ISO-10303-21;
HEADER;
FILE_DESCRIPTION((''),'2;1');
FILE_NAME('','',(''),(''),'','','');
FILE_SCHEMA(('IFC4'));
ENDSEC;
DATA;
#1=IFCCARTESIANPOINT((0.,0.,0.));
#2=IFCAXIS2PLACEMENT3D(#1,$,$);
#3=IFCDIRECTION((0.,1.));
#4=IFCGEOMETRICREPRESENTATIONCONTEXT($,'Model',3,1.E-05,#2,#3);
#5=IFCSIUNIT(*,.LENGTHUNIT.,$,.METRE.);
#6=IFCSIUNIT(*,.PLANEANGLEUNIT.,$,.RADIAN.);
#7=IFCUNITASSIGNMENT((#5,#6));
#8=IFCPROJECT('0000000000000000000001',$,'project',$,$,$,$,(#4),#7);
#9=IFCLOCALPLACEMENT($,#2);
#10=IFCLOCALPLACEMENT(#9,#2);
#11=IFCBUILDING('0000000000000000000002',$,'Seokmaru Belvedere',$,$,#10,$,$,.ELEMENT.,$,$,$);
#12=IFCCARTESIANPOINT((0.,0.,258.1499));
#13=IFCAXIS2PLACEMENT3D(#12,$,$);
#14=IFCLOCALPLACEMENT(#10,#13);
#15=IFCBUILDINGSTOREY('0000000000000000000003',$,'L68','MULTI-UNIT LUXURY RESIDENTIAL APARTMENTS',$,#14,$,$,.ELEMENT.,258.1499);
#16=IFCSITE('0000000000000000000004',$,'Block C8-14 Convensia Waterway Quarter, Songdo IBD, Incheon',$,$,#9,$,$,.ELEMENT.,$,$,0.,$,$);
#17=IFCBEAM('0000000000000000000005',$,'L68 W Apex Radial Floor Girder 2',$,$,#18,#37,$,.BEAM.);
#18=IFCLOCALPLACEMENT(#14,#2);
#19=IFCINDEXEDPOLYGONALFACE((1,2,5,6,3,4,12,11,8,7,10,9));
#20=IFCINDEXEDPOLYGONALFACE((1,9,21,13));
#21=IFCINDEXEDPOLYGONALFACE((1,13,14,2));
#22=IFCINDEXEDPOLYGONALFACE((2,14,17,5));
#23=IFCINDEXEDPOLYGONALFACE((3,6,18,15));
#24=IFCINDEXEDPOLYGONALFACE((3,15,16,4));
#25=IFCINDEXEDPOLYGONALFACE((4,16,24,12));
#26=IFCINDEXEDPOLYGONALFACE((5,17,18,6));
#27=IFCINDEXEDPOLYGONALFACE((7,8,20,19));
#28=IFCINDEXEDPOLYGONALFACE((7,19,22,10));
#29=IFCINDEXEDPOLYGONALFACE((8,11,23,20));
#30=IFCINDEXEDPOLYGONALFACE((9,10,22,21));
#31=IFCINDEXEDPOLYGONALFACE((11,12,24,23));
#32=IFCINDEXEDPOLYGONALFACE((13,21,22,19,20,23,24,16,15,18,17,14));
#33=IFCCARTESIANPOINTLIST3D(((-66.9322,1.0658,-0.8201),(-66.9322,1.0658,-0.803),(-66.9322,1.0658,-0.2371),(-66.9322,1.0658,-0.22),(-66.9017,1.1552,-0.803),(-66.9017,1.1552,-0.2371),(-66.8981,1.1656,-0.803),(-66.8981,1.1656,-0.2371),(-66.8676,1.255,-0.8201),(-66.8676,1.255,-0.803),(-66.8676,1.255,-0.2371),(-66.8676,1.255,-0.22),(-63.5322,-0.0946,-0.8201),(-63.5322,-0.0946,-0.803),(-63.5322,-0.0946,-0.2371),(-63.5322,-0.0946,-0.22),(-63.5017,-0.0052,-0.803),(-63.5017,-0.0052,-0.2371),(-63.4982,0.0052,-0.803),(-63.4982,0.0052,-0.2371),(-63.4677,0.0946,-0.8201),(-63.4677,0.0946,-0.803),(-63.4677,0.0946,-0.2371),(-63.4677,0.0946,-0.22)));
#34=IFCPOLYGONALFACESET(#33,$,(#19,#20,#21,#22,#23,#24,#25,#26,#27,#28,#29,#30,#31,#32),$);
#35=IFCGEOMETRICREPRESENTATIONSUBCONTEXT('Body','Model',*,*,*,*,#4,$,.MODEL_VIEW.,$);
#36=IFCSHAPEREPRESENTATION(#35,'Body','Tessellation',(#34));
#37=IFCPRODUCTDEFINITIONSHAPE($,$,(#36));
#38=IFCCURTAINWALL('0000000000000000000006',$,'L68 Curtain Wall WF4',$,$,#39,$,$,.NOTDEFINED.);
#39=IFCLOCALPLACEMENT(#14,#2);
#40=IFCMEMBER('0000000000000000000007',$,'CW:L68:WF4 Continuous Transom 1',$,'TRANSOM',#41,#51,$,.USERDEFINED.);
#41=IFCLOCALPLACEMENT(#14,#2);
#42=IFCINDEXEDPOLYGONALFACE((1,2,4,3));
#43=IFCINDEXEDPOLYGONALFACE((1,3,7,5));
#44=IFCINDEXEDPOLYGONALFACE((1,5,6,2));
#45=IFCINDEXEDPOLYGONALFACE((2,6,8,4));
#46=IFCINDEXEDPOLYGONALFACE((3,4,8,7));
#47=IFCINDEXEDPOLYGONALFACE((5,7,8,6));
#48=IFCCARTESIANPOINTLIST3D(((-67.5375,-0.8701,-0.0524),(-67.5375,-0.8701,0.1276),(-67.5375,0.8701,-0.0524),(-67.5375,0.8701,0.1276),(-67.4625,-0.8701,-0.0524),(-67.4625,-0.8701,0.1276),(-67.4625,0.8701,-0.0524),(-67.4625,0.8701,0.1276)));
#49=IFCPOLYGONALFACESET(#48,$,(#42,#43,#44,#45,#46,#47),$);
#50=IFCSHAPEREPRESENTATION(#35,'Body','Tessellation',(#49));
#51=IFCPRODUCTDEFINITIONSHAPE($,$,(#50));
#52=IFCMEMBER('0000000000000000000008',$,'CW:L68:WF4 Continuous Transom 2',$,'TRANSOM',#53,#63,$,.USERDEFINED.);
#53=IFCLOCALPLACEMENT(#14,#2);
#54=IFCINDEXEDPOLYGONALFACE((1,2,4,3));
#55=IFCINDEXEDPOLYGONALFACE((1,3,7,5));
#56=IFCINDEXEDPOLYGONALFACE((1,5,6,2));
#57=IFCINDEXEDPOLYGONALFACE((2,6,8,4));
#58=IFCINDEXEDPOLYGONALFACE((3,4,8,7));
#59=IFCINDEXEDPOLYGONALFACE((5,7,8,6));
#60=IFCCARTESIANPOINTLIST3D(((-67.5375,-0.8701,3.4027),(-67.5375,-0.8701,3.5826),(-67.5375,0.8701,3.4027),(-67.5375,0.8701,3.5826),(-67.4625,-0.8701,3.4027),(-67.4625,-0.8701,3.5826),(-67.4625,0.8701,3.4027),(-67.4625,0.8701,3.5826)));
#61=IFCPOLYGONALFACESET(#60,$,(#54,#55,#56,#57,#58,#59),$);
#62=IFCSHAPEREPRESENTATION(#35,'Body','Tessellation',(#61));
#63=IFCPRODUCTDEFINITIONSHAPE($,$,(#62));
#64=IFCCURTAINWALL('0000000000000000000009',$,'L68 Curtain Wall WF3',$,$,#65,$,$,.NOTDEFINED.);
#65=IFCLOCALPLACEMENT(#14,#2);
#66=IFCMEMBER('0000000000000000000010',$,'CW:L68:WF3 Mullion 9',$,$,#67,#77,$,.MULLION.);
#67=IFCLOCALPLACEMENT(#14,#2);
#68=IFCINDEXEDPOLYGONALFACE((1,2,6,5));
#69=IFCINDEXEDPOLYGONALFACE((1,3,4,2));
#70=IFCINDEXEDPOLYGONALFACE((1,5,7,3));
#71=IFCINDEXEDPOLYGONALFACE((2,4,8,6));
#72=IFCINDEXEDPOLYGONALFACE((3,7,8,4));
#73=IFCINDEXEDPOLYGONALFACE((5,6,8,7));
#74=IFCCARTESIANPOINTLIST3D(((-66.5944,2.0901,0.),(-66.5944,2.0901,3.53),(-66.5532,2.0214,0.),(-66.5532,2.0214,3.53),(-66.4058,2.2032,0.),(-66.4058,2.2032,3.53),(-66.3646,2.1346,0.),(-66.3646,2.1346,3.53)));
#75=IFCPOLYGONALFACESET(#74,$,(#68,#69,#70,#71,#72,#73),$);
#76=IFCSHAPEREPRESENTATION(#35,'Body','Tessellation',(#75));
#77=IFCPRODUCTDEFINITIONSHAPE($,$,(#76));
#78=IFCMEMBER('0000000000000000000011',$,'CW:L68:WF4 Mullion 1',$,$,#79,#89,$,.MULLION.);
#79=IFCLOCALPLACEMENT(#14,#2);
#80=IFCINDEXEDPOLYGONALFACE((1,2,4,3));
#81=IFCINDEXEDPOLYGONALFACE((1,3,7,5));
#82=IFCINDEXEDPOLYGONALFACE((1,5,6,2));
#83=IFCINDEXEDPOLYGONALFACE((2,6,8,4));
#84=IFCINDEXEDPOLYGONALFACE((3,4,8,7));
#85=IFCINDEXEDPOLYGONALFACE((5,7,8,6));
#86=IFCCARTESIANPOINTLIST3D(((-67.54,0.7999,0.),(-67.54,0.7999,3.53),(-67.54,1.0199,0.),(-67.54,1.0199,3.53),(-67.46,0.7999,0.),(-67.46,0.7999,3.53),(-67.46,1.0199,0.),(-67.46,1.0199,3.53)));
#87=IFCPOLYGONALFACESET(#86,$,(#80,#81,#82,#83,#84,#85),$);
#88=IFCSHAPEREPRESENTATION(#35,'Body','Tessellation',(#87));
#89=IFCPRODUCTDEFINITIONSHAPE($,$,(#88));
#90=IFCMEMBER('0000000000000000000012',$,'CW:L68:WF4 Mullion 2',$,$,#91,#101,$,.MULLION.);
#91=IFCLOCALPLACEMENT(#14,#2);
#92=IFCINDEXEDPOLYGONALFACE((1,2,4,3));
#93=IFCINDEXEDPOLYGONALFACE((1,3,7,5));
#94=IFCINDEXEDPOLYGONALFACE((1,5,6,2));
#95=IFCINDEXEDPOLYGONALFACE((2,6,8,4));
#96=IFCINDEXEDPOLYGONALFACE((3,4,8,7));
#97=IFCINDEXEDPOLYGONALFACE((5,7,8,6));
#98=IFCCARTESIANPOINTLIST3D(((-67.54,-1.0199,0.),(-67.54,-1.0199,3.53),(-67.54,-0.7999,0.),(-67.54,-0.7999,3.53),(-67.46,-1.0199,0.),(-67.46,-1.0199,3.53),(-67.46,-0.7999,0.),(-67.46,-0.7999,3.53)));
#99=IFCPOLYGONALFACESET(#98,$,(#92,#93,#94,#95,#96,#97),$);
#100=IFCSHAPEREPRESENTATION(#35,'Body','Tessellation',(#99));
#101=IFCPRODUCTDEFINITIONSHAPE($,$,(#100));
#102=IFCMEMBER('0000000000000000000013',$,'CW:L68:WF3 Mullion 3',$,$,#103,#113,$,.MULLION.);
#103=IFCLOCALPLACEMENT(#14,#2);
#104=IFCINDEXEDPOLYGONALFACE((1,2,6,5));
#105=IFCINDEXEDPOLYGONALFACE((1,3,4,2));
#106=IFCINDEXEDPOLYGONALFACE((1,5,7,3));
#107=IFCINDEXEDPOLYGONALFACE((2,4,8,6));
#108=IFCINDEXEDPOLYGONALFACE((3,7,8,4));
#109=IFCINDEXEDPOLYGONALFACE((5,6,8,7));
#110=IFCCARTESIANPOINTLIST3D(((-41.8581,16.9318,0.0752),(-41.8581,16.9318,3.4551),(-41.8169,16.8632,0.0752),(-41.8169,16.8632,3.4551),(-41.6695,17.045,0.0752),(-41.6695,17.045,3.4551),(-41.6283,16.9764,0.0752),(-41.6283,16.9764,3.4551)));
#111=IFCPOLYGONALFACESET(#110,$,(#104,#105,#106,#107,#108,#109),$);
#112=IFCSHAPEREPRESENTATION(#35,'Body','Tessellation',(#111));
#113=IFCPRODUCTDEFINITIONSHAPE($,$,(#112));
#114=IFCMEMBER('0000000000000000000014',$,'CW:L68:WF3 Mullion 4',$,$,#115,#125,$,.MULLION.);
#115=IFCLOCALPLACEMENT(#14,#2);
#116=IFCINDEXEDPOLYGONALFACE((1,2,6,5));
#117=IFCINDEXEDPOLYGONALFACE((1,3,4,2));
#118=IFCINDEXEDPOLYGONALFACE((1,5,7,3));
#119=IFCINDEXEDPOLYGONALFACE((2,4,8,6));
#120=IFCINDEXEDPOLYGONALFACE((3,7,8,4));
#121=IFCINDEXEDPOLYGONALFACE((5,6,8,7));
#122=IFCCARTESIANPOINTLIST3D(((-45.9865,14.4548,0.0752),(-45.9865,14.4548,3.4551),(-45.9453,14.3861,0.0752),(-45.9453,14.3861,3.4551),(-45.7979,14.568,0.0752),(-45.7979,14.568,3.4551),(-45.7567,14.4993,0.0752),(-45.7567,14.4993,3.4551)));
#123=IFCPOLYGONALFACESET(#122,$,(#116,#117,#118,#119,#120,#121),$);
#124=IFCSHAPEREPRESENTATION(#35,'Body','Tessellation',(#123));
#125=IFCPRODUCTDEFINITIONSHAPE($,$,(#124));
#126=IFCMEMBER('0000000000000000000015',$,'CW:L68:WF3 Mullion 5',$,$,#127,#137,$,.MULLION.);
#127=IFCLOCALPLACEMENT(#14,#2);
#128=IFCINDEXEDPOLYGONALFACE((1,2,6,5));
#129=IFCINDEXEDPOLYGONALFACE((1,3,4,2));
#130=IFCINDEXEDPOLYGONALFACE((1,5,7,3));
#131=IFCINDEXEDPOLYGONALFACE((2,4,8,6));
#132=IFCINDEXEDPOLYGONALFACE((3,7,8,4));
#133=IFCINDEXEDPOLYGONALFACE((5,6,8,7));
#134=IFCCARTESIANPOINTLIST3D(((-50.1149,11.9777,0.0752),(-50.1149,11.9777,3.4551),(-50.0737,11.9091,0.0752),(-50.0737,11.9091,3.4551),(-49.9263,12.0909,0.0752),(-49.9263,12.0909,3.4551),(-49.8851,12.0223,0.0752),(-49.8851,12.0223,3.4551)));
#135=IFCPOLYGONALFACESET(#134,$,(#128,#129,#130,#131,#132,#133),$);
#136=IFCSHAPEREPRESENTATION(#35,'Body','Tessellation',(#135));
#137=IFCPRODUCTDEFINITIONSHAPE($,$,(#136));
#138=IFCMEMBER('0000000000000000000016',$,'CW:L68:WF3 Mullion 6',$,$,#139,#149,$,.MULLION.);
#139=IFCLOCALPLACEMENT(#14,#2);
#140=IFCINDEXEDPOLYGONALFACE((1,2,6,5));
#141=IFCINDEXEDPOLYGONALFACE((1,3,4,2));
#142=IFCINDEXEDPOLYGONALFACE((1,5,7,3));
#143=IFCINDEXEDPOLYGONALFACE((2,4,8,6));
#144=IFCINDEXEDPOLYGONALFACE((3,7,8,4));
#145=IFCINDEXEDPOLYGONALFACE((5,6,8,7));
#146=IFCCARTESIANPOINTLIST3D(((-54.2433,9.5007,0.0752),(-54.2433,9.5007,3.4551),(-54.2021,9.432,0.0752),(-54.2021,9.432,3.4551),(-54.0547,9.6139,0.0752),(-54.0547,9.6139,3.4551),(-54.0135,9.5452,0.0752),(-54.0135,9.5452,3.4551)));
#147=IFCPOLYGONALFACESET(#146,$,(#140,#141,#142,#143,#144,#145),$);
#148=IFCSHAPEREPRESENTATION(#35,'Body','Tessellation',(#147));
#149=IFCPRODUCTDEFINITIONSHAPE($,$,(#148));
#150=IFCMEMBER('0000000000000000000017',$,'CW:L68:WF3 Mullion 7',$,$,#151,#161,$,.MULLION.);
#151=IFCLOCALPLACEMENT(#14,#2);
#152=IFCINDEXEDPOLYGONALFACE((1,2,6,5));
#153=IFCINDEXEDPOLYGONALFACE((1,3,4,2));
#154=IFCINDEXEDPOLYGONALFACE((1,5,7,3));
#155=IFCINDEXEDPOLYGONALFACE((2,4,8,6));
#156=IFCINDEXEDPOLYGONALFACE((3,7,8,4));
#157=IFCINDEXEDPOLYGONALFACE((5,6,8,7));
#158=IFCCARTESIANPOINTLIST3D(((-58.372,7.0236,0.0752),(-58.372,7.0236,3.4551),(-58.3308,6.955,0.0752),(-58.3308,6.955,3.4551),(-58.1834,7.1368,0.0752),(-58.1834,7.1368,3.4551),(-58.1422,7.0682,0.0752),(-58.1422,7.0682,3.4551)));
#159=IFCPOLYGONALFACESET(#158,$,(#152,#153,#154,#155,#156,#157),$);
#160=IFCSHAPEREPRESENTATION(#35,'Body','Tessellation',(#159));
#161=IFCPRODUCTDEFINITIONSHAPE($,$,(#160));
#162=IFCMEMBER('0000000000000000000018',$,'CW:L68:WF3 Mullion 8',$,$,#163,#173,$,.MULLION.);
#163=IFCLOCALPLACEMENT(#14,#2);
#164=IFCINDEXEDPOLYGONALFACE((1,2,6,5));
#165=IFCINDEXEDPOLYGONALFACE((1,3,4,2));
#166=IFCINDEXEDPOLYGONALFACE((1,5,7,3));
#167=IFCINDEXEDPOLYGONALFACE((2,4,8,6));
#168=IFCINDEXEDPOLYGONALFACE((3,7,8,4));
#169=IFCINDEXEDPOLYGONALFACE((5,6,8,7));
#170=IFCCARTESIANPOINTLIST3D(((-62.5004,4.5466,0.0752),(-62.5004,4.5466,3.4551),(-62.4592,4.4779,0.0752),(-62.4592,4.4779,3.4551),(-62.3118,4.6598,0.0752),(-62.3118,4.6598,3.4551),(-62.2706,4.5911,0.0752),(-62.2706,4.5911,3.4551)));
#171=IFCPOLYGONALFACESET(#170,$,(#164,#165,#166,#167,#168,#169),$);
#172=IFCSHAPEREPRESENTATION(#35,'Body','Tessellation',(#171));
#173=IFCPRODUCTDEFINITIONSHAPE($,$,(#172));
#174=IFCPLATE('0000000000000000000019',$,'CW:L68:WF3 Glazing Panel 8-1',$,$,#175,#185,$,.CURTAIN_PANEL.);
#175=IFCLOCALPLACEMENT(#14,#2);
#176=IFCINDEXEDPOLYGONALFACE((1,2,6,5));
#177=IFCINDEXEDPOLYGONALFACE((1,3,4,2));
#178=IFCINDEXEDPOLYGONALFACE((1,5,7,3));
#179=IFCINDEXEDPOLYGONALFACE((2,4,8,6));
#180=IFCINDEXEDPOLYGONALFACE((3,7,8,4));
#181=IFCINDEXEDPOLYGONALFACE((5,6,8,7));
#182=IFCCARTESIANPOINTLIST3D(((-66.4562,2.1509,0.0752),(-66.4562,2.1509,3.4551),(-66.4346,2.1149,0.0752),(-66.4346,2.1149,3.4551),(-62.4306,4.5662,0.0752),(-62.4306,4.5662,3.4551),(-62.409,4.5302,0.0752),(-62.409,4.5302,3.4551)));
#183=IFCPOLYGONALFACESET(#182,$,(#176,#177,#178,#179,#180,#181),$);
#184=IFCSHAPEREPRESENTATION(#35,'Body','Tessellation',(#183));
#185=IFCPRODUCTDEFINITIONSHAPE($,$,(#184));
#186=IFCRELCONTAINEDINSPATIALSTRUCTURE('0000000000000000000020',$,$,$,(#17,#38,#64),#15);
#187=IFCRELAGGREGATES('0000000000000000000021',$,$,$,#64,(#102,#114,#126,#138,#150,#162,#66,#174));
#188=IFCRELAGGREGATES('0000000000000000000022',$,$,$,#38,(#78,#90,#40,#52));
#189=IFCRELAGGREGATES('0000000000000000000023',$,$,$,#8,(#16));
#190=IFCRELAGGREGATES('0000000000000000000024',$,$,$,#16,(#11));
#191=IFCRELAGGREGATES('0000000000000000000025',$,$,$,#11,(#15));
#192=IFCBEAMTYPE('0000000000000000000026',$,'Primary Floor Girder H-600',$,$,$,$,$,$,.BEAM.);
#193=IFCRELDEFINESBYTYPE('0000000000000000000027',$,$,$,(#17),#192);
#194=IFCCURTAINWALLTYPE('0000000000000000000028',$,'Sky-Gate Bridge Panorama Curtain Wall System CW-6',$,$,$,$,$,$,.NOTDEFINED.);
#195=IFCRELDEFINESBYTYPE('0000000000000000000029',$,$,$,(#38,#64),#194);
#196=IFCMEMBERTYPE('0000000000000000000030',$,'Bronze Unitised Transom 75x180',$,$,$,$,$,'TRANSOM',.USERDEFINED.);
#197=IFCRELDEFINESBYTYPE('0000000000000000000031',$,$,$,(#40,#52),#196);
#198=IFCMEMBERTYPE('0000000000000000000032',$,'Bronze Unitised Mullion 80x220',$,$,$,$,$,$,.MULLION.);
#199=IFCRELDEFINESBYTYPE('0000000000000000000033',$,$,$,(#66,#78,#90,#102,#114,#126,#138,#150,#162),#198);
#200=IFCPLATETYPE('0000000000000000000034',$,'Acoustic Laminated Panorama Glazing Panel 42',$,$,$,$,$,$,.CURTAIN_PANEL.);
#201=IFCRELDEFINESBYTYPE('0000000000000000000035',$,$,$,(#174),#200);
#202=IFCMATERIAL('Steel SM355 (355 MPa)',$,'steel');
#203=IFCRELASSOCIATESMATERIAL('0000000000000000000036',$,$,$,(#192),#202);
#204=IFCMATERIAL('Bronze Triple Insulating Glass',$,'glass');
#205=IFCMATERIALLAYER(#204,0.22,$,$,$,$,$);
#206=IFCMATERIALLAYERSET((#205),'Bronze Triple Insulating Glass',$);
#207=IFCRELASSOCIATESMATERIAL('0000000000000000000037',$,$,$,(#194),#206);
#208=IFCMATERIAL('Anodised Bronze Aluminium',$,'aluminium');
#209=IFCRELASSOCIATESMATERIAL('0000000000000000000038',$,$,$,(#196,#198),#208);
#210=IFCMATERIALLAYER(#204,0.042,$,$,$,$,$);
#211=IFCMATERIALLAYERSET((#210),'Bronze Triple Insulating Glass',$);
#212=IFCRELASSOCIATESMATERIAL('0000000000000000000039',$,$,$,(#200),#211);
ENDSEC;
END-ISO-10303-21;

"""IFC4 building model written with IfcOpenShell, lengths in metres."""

from ifc_helpers import new_model, si_unit, direction, frame, origin, origin_2d, place, context, subcontext, project, spatial, rectangle, i_section, extrude, source, transform, mapped, material, layer, layer_set, material_profile, profile_set, type_object, type_shapes, element, aggregate, save


model = new_model("IFC4")

# Units and contexts
model_context = context("Model", 3, precision=1e-05, world=origin(), true_north=direction((0.0, 1.0)))
body_context = subcontext(model_context, "Body", "Model", "MODEL_VIEW")
ifc_project = project(units=[si_unit("LENGTHUNIT", "METRE"), si_unit("PLANEANGLEUNIT", "RADIAN")], contexts=[model_context])

# Site, building, storey
site_placement = place(None, origin())
site = spatial("IfcSite", under=ifc_project, at=site_placement, Name="Block C8-14 Convensia Waterway Quarter, Songdo IBD, Incheon", CompositionType="ELEMENT", RefElevation=0.0)
building_placement = place(site_placement, origin())
building = spatial("IfcBuilding", under=site, at=building_placement, Name="Seokmaru Belvedere", CompositionType="ELEMENT")
storey_placement = place(building_placement, frame((0.0, 0.0, 258.1499)))
storey = spatial("IfcBuildingStorey", under=building, at=storey_placement, Name="L68", Description="MULTI-UNIT LUXURY RESIDENTIAL APARTMENTS", CompositionType="ELEMENT", Elevation=258.1499)

# Shared definitions
ifc_material_1 = material(Name="Steel SM355 (355 MPa)", Category="steel")

# Beam
ifc_material_profile_1 = material_profile(ifc_material_1, i_section(OverallWidth=0.2, OverallDepth=0.6001, WebThickness=0.011, FlangeThickness=0.0171, at=origin_2d()), Name="H-600x200x11x17")
ifc_profile_set_1 = profile_set([ifc_material_profile_1], Name="Steel SM355 (355 MPa)")
beam_type_1 = type_object("IfcBeamType", Name="Primary Floor Girder H-600", PredefinedType="BEAM", material=ifc_profile_set_1)
shared_shape_1 = source(origin(), body_context, "Body", "SweptSolid", [
    extrude(i_section(OverallWidth=0.2, OverallDepth=0.6001, WebThickness=0.011, FlangeThickness=0.0171, at=origin_2d()), origin(), (0.0, 0.0, 1.0), 3.5925),
])
beam_1_placement = place(storey_placement, frame((-66.8999, 1.1604, -0.52), z_axis=(0.946396, -0.323009, 0.0), x_axis=(0.323009, 0.946396, 0.0)))
element("IfcBeam", 1, at=beam_1_placement, inside=storey, type_object=beam_type_1, Name="L68 W Apex Radial Floor Girder 2", PredefinedType="BEAM", context=body_context, shape_type="MappedRepresentation", body=[
    mapped(shared_shape_1, transform((0.0, 0.0, 0.0), scale=1.0)),
])

# Curtain wall, members
ifc_material_2 = material(Name="Bronze Triple Insulating Glass", Category="glass")
ifc_layer_1 = layer(ifc_material_2, 0.22)
ifc_layer_set_1 = layer_set([ifc_layer_1], Name="Bronze Triple Insulating Glass")
curtain_wall_type = type_object("IfcCurtainWallType", Name="Sky-Gate Bridge Panorama Curtain Wall System CW-6", PredefinedType="NOTDEFINED", material=ifc_layer_set_1)
curtain_wall_1_placement = place(storey_placement, origin())
curtain_wall_1 = element("IfcCurtainWall", 2, at=curtain_wall_1_placement, inside=storey, type_object=curtain_wall_type, Name="L68 Curtain Wall WF4", PredefinedType="NOTDEFINED")
ifc_material_3 = material(Name="Anodised Bronze Aluminium", Category="aluminium")
ifc_material_profile_2 = material_profile(ifc_material_3, rectangle(XDim=0.075, YDim=0.1799, at=origin_2d()), Name="CW-T-75x180")
ifc_profile_set_2 = profile_set([ifc_material_profile_2], Name="Anodised Bronze Aluminium")
member_type_1 = type_object("IfcMemberType", Name="Bronze Unitised Transom 75x180", ElementType="TRANSOM", PredefinedType="USERDEFINED", material=ifc_profile_set_2)
shared_shape_2 = source(origin(), body_context, "Body", "SweptSolid", [
    extrude(rectangle(XDim=0.075, YDim=0.1799, at=origin_2d()), origin(), (0.0, 0.0, 1.0), 1.7402),
])
type_shapes(member_type_1, [shared_shape_2])
member_1_placement = place(storey_placement, frame((-67.5, 0.8701, 0.0376), z_axis=(0.0, -1.0, 0.0), x_axis=(1.0, 0.0, 0.0)))
member_1 = element("IfcMember", 3, at=member_1_placement, type_object=member_type_1, Name="CW:L68:WF4 Continuous Transom 1", ObjectType="TRANSOM", PredefinedType="USERDEFINED", context=body_context, shape_type="MappedRepresentation", body=[
    mapped(shared_shape_2, transform((0.0, 0.0, 0.0), scale=1.0)),
])
member_2_placement = place(storey_placement, frame((-67.5, 0.8701, 3.4927), z_axis=(0.0, -1.0, 0.0), x_axis=(1.0, 0.0, 0.0)))
member_2 = element("IfcMember", 4, at=member_2_placement, type_object=member_type_1, Name="CW:L68:WF4 Continuous Transom 2", ObjectType="TRANSOM", PredefinedType="USERDEFINED", context=body_context, shape_type="MappedRepresentation", body=[
    mapped(shared_shape_2, transform((0.0, 0.0, 0.0), scale=1.0)),
])

# Curtain wall, member
curtain_wall_2_placement = place(storey_placement, origin())
curtain_wall_2 = element("IfcCurtainWall", 5, at=curtain_wall_2_placement, inside=storey, type_object=curtain_wall_type, Name="L68 Curtain Wall WF3", PredefinedType="NOTDEFINED")
ifc_material_profile_3 = material_profile(ifc_material_3, rectangle(XDim=0.0801, YDim=0.22, at=origin_2d()), Name="CW-M-80x220")
ifc_profile_set_3 = profile_set([ifc_material_profile_3], Name="Anodised Bronze Aluminium")
member_type_2 = type_object("IfcMemberType", Name="Bronze Unitised Mullion 80x220", PredefinedType="MULLION", material=ifc_profile_set_3)
shared_shape_3 = source(origin(), body_context, "Body", "SweptSolid", [
    extrude(rectangle(XDim=0.0801, YDim=0.22, at=origin_2d()), origin(), (0.0, 0.0, 1.0), 3.53),
])
member_3_placement = place(storey_placement, frame((-66.4795, 2.1123, 0.0), z_axis=(0.0, 0.0, 1.0), x_axis=(0.514495, -0.857493, 0.0)))
member_3 = element("IfcMember", 6, at=member_3_placement, type_object=member_type_2, Name="CW:L68:WF3 Mullion 9", PredefinedType="MULLION", context=body_context, shape_type="MappedRepresentation", body=[
    mapped(shared_shape_3, transform((0.0, 0.0, 0.0), scale=1.0)),
])

# Members
member_4_placement = place(storey_placement, frame((-67.5, 0.9099, 0.0), z_axis=(0.0, 0.0, 1.0), x_axis=(1.0, 0.0, 0.0)))
member_4 = element("IfcMember", 7, at=member_4_placement, type_object=member_type_2, Name="CW:L68:WF4 Mullion 1", PredefinedType="MULLION", context=body_context, shape_type="MappedRepresentation", body=[
    mapped(shared_shape_3, transform((0.0, 0.0, 0.0), scale=1.0)),
])
member_5_placement = place(storey_placement, frame((-67.5, -0.9099, 0.0), z_axis=(0.0, 0.0, 1.0), x_axis=(1.0, 0.0, 0.0)))
member_5 = element("IfcMember", 8, at=member_5_placement, type_object=member_type_2, Name="CW:L68:WF4 Mullion 2", PredefinedType="MULLION", context=body_context, shape_type="MappedRepresentation", body=[
    mapped(shared_shape_3, transform((0.0, 0.0, 0.0), scale=1.0)),
])
shared_shape_4 = source(origin(), body_context, "Body", "SweptSolid", [
    extrude(rectangle(XDim=0.0801, YDim=0.22, at=origin_2d()), origin(), (0.0, 0.0, 1.0), 3.3799),
])
type_shapes(member_type_2, [shared_shape_3, shared_shape_4])
member_6_placement = place(storey_placement, frame((-41.7432, 16.9541, 0.0752), z_axis=(0.0, 0.0, 1.0), x_axis=(0.514495, -0.857493, 0.0)))
member_6 = element("IfcMember", 9, at=member_6_placement, type_object=member_type_2, Name="CW:L68:WF3 Mullion 3", PredefinedType="MULLION", context=body_context, shape_type="MappedRepresentation", body=[
    mapped(shared_shape_4, transform((0.0, 0.0, 0.0), scale=1.0)),
])
member_7_placement = place(storey_placement, frame((-45.8716, 14.4771, 0.0752), z_axis=(0.0, 0.0, 1.0), x_axis=(0.514495, -0.857493, 0.0)))
member_7 = element("IfcMember", 10, at=member_7_placement, type_object=member_type_2, Name="CW:L68:WF3 Mullion 4", PredefinedType="MULLION", context=body_context, shape_type="MappedRepresentation", body=[
    mapped(shared_shape_4, transform((0.0, 0.0, 0.0), scale=1.0)),
])
member_8_placement = place(storey_placement, frame((-50.0, 12.0, 0.0752), z_axis=(0.0, 0.0, 1.0), x_axis=(0.514495, -0.857493, 0.0)))
member_8 = element("IfcMember", 11, at=member_8_placement, type_object=member_type_2, Name="CW:L68:WF3 Mullion 5", PredefinedType="MULLION", context=body_context, shape_type="MappedRepresentation", body=[
    mapped(shared_shape_4, transform((0.0, 0.0, 0.0), scale=1.0)),
])
member_9_placement = place(storey_placement, frame((-54.1284, 9.5229, 0.0752), z_axis=(0.0, 0.0, 1.0), x_axis=(0.514495, -0.857493, 0.0)))
member_9 = element("IfcMember", 12, at=member_9_placement, type_object=member_type_2, Name="CW:L68:WF3 Mullion 6", PredefinedType="MULLION", context=body_context, shape_type="MappedRepresentation", body=[
    mapped(shared_shape_4, transform((0.0, 0.0, 0.0), scale=1.0)),
])
member_10_placement = place(storey_placement, frame((-58.2571, 7.0459, 0.0752), z_axis=(0.0, 0.0, 1.0), x_axis=(0.514495, -0.857493, 0.0)))
member_10 = element("IfcMember", 13, at=member_10_placement, type_object=member_type_2, Name="CW:L68:WF3 Mullion 7", PredefinedType="MULLION", context=body_context, shape_type="MappedRepresentation", body=[
    mapped(shared_shape_4, transform((0.0, 0.0, 0.0), scale=1.0)),
])
member_11_placement = place(storey_placement, frame((-62.3855, 4.5688, 0.0752), z_axis=(0.0, 0.0, 1.0), x_axis=(0.514495, -0.857493, 0.0)))
member_11 = element("IfcMember", 14, at=member_11_placement, type_object=member_type_2, Name="CW:L68:WF3 Mullion 8", PredefinedType="MULLION", context=body_context, shape_type="MappedRepresentation", body=[
    mapped(shared_shape_4, transform((0.0, 0.0, 0.0), scale=1.0)),
])

# Plate
ifc_layer_2 = layer(ifc_material_2, 0.042)
ifc_layer_set_2 = layer_set([ifc_layer_2], Name="Bronze Triple Insulating Glass")
plate_type = type_object("IfcPlateType", Name="Acoustic Laminated Panorama Glazing Panel 42", PredefinedType="CURTAIN_PANEL", material=ifc_layer_set_2)
shared_shape_5 = source(origin(), body_context, "Body", "SweptSolid", [
    extrude(rectangle(XDim=4.6946, YDim=0.042, at=origin_2d()), origin(), (0.0, 0.0, 1.0), 3.3799),
])
plate_1_placement = place(storey_placement, frame((-64.4326, 3.3406, 0.0752), z_axis=(0.0, 0.0, 1.0), x_axis=(-0.857493, -0.514495, 0.0)))
plate_1 = element("IfcPlate", 15, at=plate_1_placement, type_object=plate_type, Name="CW:L68:WF3 Glazing Panel 8-1", PredefinedType="CURTAIN_PANEL", context=body_context, shape_type="MappedRepresentation", body=[
    mapped(shared_shape_5, transform((0.0, 0.0, 0.0), scale=1.0)),
])
aggregate(curtain_wall_2, [member_6, member_7, member_8, member_9, member_10, member_11, member_3, plate_1])
aggregate(curtain_wall_1, [member_4, member_5, member_1, member_2])

save(model, "model.ifc")
